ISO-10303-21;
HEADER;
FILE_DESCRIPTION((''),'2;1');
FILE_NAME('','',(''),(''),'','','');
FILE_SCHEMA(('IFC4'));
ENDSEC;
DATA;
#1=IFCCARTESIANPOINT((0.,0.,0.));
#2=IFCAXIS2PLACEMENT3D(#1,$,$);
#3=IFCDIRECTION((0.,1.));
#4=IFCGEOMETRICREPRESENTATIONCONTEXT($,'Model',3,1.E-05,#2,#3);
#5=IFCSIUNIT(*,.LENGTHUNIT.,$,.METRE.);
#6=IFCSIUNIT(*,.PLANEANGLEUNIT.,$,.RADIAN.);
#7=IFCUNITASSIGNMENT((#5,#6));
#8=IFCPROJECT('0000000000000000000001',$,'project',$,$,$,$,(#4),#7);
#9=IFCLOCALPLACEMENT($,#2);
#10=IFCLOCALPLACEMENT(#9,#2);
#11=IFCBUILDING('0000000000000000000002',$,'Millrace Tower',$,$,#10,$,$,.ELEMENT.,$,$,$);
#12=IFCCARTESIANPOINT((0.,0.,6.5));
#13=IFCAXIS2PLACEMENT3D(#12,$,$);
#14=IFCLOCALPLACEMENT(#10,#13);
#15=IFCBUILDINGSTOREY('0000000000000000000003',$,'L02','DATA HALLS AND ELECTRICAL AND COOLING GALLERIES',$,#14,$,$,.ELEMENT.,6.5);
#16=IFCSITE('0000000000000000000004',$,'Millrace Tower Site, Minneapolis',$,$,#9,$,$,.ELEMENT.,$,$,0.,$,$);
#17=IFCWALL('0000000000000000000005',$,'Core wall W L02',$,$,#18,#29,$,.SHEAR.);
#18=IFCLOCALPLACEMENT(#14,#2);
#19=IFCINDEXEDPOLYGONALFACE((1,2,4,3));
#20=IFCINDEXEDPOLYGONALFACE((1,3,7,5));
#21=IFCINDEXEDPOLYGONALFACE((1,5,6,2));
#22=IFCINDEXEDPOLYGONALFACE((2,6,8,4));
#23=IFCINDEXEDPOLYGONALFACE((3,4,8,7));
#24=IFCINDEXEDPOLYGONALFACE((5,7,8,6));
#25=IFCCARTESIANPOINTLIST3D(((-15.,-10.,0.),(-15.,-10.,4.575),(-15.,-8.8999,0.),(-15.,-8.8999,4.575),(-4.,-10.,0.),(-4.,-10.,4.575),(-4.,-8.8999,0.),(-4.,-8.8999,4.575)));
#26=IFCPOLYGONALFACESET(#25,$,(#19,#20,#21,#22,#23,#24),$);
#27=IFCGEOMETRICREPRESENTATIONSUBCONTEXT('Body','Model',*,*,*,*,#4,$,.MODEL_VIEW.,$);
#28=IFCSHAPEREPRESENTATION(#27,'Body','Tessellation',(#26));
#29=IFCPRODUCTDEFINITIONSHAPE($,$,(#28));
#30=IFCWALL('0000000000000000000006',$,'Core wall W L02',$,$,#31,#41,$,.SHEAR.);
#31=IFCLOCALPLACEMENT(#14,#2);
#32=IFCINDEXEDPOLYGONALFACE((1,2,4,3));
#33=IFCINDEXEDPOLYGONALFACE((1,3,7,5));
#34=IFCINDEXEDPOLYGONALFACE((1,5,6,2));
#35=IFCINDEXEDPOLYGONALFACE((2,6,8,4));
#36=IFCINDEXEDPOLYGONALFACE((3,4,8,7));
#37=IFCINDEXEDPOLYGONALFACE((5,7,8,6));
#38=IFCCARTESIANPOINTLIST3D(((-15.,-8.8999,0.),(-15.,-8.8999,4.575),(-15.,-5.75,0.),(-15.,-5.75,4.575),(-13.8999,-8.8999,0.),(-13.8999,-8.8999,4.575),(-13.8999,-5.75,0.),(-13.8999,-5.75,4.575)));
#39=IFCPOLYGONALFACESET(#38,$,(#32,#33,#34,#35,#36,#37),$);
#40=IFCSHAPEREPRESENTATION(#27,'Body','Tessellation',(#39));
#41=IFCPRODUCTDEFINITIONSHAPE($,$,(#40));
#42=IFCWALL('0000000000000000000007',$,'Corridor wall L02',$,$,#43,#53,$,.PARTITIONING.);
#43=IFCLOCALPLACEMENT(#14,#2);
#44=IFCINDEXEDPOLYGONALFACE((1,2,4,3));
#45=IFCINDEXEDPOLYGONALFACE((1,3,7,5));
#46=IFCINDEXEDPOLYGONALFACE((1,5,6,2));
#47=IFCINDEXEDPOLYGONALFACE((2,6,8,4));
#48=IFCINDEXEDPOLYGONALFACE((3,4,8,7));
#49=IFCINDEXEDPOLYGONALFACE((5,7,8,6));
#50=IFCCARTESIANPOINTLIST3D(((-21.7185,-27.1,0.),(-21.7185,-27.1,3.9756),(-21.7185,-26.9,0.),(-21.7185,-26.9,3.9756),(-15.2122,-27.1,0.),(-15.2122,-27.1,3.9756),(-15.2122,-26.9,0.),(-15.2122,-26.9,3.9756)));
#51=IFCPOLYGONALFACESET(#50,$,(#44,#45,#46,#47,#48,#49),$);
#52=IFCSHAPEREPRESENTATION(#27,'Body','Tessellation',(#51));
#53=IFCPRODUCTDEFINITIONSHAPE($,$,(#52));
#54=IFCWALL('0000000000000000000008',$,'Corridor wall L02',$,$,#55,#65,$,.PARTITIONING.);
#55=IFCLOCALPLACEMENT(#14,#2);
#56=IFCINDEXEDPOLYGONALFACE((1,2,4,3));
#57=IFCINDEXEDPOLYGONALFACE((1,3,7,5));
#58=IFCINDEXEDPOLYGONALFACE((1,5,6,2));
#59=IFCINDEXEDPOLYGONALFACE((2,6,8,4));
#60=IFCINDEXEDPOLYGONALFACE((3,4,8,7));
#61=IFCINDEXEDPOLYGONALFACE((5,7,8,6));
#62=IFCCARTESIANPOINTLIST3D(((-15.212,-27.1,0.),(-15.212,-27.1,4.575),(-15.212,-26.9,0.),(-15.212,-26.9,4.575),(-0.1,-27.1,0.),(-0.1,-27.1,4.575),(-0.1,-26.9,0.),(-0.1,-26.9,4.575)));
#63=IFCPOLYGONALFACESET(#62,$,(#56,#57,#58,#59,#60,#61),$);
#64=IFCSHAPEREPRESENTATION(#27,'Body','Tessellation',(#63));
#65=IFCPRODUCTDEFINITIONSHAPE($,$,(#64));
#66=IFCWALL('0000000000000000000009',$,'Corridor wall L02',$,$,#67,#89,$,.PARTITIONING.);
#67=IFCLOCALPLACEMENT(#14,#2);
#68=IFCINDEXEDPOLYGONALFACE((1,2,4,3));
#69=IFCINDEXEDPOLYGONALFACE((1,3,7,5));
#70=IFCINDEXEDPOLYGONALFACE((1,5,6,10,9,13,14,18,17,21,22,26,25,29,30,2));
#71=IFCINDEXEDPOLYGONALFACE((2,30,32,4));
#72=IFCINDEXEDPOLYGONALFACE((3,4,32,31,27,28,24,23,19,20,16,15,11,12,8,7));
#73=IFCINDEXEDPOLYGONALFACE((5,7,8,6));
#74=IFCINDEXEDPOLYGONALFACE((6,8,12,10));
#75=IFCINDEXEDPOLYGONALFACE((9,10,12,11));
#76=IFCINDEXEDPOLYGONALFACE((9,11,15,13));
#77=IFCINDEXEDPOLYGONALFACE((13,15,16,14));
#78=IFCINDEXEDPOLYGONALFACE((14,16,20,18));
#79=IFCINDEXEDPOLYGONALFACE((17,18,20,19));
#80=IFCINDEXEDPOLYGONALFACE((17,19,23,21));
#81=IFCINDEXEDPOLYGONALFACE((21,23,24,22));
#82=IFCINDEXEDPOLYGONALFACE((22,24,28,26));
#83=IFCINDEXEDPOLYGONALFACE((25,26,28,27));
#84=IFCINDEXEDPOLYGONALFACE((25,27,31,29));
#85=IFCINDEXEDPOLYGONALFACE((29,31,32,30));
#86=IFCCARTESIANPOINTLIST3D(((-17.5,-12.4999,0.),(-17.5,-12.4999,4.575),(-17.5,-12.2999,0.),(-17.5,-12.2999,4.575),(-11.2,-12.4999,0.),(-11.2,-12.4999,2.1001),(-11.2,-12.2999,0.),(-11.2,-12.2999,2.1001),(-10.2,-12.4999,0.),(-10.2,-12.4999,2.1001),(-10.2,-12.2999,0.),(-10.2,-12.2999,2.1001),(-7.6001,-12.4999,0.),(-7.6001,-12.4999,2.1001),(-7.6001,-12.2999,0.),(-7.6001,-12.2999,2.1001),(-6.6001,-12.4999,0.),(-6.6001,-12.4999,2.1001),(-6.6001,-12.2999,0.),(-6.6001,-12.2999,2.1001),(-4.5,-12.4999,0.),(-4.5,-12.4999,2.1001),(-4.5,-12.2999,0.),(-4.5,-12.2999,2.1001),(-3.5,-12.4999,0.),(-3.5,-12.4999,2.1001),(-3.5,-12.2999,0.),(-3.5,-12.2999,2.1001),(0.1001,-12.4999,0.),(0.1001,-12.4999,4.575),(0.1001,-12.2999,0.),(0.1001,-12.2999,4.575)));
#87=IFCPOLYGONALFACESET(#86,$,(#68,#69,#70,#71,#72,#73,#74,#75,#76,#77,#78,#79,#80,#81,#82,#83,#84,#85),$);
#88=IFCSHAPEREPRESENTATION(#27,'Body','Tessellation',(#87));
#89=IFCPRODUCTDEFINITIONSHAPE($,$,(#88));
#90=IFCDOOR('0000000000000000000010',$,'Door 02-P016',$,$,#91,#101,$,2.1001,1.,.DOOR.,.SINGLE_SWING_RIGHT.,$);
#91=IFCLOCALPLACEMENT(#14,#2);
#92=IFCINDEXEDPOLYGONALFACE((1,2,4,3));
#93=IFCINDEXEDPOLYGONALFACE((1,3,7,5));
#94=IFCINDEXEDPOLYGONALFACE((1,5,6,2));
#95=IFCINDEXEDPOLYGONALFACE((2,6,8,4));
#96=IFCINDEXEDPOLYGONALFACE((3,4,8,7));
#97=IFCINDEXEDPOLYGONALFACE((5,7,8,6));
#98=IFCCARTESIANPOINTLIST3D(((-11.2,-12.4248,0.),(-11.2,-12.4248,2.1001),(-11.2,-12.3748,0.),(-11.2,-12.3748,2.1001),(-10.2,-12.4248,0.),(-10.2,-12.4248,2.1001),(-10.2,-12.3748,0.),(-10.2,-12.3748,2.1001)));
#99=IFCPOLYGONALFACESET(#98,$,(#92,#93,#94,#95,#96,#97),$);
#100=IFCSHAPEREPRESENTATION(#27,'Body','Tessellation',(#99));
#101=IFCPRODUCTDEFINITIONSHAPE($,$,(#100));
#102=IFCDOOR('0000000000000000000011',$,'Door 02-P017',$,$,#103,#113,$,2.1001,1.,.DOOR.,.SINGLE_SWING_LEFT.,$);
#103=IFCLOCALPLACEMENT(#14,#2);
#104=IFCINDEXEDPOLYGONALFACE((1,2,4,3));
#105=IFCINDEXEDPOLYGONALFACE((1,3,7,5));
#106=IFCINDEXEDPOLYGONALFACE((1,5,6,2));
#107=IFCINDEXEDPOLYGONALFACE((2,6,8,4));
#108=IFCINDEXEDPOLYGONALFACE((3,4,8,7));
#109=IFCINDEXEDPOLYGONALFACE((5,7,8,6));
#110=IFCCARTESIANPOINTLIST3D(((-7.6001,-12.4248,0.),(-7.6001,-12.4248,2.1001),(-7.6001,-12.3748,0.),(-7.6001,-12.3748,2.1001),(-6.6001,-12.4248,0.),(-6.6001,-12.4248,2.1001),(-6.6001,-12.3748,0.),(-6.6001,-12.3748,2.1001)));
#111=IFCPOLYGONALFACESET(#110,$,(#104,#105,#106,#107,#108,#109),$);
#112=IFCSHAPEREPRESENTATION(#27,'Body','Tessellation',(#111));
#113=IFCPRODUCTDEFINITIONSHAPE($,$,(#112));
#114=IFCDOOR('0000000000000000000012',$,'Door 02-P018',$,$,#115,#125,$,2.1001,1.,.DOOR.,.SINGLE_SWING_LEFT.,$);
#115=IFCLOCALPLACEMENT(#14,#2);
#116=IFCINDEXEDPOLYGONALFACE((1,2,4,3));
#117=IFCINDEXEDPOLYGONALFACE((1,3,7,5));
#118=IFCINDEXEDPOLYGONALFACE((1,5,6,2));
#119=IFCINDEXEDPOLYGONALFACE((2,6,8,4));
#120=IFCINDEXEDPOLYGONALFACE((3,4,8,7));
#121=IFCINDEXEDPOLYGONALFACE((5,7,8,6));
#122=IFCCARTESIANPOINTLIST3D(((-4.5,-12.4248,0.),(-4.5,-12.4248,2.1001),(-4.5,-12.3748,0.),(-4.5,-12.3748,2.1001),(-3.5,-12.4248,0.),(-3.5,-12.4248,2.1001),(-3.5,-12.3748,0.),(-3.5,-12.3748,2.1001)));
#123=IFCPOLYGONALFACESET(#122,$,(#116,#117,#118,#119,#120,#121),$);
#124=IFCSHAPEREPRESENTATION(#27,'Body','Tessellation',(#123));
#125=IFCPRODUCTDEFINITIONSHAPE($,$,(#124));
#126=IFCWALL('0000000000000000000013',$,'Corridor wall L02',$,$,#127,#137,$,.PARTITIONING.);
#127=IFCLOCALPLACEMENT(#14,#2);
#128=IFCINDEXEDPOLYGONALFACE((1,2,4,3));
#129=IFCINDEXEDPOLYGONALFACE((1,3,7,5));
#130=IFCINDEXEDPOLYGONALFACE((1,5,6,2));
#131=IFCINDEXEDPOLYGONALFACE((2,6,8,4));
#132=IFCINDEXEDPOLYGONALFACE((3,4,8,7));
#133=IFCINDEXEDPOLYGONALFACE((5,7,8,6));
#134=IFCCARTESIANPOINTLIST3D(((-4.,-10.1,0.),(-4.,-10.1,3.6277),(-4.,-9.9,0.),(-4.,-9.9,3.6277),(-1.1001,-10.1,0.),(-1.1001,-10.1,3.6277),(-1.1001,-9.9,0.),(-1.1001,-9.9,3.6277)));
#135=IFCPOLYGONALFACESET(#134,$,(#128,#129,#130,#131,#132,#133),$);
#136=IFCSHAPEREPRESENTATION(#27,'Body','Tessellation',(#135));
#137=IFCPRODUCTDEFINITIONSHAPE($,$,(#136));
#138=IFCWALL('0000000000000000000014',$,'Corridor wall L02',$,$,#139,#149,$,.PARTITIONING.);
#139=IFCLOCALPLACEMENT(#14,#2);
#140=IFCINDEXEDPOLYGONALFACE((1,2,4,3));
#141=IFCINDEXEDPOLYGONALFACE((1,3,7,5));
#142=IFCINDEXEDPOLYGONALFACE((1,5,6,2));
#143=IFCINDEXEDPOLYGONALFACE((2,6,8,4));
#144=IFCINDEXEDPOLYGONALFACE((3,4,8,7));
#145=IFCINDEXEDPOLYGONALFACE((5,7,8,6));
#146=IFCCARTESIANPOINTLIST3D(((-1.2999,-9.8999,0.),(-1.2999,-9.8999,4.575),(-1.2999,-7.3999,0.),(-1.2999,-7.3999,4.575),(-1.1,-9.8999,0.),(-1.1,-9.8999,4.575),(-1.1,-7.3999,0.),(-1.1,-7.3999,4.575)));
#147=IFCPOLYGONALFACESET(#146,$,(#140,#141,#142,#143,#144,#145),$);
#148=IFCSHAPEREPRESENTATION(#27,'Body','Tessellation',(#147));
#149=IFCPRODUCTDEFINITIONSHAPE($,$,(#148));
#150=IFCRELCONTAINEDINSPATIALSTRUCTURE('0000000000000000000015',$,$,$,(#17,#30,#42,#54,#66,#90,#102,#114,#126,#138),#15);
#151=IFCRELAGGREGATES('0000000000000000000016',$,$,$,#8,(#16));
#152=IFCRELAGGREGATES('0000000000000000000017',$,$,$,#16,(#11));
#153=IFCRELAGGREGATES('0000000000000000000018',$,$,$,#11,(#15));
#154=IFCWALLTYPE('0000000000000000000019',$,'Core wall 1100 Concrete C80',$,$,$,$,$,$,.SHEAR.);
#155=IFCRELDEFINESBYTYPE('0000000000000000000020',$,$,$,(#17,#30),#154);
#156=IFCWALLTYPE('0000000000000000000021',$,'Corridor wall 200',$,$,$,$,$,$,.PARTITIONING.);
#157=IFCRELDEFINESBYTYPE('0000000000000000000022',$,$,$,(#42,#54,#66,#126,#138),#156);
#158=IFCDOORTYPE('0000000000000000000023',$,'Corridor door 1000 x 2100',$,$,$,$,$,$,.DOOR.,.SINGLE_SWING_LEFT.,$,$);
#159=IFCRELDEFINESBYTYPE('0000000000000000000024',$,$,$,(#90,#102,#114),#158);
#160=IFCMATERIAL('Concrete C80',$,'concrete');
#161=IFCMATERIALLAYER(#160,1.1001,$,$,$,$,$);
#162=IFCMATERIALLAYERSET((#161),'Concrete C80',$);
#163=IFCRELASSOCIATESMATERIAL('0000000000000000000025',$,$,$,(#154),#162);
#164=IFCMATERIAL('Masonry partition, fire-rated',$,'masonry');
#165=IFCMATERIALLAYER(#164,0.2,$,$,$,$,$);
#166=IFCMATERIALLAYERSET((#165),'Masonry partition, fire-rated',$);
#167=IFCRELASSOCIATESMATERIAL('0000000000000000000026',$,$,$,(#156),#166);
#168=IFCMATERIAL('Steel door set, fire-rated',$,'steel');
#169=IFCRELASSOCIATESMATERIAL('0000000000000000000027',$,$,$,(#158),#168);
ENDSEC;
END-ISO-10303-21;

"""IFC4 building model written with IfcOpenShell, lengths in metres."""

from ifc_helpers import new_model, si_unit, direction, frame, frame_2d, origin, place, context, subcontext, project, spatial, rectangle, extrude, material, layer, layer_set, type_object, element, fill, save


model = new_model("IFC4")

# Units and contexts
model_context = context("Model", 3, precision=1e-05, world=origin(), true_north=direction((0.0, 1.0)))
body_context = subcontext(model_context, "Body", "Model", "MODEL_VIEW")
ifc_project = project(units=[si_unit("LENGTHUNIT", "METRE"), si_unit("PLANEANGLEUNIT", "RADIAN")], contexts=[model_context])

# Site, building, storey
site_placement = place(None, origin())
site = spatial("IfcSite", under=ifc_project, at=site_placement, Name="Millrace Tower Site, Minneapolis", CompositionType="ELEMENT", RefElevation=0.0)
building_placement = place(site_placement, origin())
building = spatial("IfcBuilding", under=site, at=building_placement, Name="Millrace Tower", CompositionType="ELEMENT")
storey_placement = place(building_placement, frame((0.0, 0.0, 6.5)))
storey = spatial("IfcBuildingStorey", under=building, at=storey_placement, Name="L02", Description="DATA HALLS AND ELECTRICAL AND COOLING GALLERIES", CompositionType="ELEMENT", Elevation=6.5)

# Walls
ifc_material_1 = material(Name="Concrete C80", Category="concrete")
ifc_layer_1 = layer(ifc_material_1, 1.1001)
ifc_layer_set_1 = layer_set([ifc_layer_1], Name="Concrete C80")
wall_type_1 = type_object("IfcWallType", Name="Core wall 1100 Concrete C80", PredefinedType="SHEAR", material=ifc_layer_set_1)
wall_1_placement = place(storey_placement, frame((-15.0, -9.45, 0.0), z_axis=(0.0, 0.0, 1.0), x_axis=(1.0, 0.0, 0.0)))
element("IfcWall", 1, at=wall_1_placement, inside=storey, type_object=wall_type_1, Name="Core wall W L02", PredefinedType="SHEAR", context=body_context, shape_type="SweptSolid", body=[
    extrude(rectangle(XDim=11.0, YDim=1.1001, at=frame_2d((5.5, 0.0))), origin(), (0.0, 0.0, 1.0), 4.575),
])
wall_2_placement = place(storey_placement, frame((-14.45, -8.8999, 0.0), z_axis=(0.0, 0.0, 1.0), x_axis=(0.0, 1.0, 0.0)))
element("IfcWall", 2, at=wall_2_placement, inside=storey, type_object=wall_type_1, Name="Core wall W L02", PredefinedType="SHEAR", context=body_context, shape_type="SweptSolid", body=[
    extrude(rectangle(XDim=3.1499, YDim=1.1001, at=frame_2d((1.575, 0.0))), origin(), (0.0, 0.0, 1.0), 4.575),
])
ifc_material_2 = material(Name="Masonry partition, fire-rated", Category="masonry")
ifc_layer_2 = layer(ifc_material_2, 0.2)
ifc_layer_set_2 = layer_set([ifc_layer_2], Name="Masonry partition, fire-rated")
wall_type_2 = type_object("IfcWallType", Name="Corridor wall 200", PredefinedType="PARTITIONING", material=ifc_layer_set_2)
wall_3_placement = place(storey_placement, frame((-21.7185, -27.0, 0.0), z_axis=(0.0, 0.0, 1.0), x_axis=(1.0, 0.0, 0.0)))
element("IfcWall", 3, at=wall_3_placement, inside=storey, type_object=wall_type_2, Name="Corridor wall L02", PredefinedType="PARTITIONING", context=body_context, shape_type="SweptSolid", body=[
    extrude(rectangle(XDim=6.5063, YDim=0.2, at=frame_2d((3.2532, 0.0))), origin(), (0.0, 0.0, 1.0), 3.9756),
])
wall_4_placement = place(storey_placement, frame((-15.2122, -27.0, 0.0), z_axis=(0.0, 0.0, 1.0), x_axis=(1.0, 0.0, 0.0)))
element("IfcWall", 4, at=wall_4_placement, inside=storey, type_object=wall_type_2, Name="Corridor wall L02", PredefinedType="PARTITIONING", context=body_context, shape_type="SweptSolid", body=[
    extrude(rectangle(XDim=15.1121, YDim=0.2, at=frame_2d((7.5562, 0.0))), origin(), (0.0, 0.0, 1.0), 4.575),
])

# Wall, openings, doors
wall_5_placement = place(storey_placement, frame((-17.5, -12.3999, 0.0), z_axis=(0.0, 0.0, 1.0), x_axis=(1.0, 0.0, 0.0)))
wall_5 = element("IfcWall", 5, at=wall_5_placement, inside=storey, type_object=wall_type_2, Name="Corridor wall L02", PredefinedType="PARTITIONING", context=body_context, shape_type="SweptSolid", body=[
    extrude(rectangle(XDim=17.6001, YDim=0.2, at=frame_2d((8.8, 0.0))), origin(), (0.0, 0.0, 1.0), 4.575),
])
opening_1_placement = place(wall_5_placement, frame((6.3, 0.0, 0.0)))
opening_1 = element("IfcOpeningElement", 6, at=opening_1_placement, cuts=wall_5, PredefinedType="OPENING", context=body_context, shape_type="SweptSolid", body=[
    extrude(rectangle(XDim=1.0, YDim=2.1001, at=frame_2d((0.5, 1.05))), frame((0.0, 0.1099, 0.0), z_axis=(0.0, -1.0, 0.0), x_axis=(1.0, 0.0, 0.0)), (0.0, 0.0, 1.0), 0.22),
])
opening_2_placement = place(wall_5_placement, frame((9.8999, 0.0, 0.0)))
opening_2 = element("IfcOpeningElement", 7, at=opening_2_placement, cuts=wall_5, PredefinedType="OPENING", context=body_context, shape_type="SweptSolid", body=[
    extrude(rectangle(XDim=1.0, YDim=2.1001, at=frame_2d((0.5, 1.05))), frame((0.0, 0.1099, 0.0), z_axis=(0.0, -1.0, 0.0), x_axis=(1.0, 0.0, 0.0)), (0.0, 0.0, 1.0), 0.22),
])
opening_3_placement = place(wall_5_placement, frame((13.0, 0.0, 0.0)))
opening_3 = element("IfcOpeningElement", 8, at=opening_3_placement, cuts=wall_5, PredefinedType="OPENING", context=body_context, shape_type="SweptSolid", body=[
    extrude(rectangle(XDim=1.0, YDim=2.1001, at=frame_2d((0.5, 1.05))), frame((0.0, 0.1099, 0.0), z_axis=(0.0, -1.0, 0.0), x_axis=(1.0, 0.0, 0.0)), (0.0, 0.0, 1.0), 0.22),
])
ifc_material_3 = material(Name="Steel door set, fire-rated", Category="steel")
door_type_1 = type_object("IfcDoorType", Name="Corridor door 1000 x 2100", OperationType="SINGLE_SWING_LEFT", PredefinedType="DOOR", material=ifc_material_3)
door_1_placement = place(opening_1_placement, frame((1.0, 0.0, 0.0), z_axis=(0.0, 0.0, 1.0), x_axis=(-1.0, 0.0, 0.0)))
door_1 = element("IfcDoor", 9, at=door_1_placement, inside=storey, type_object=door_type_1, Name="Door 02-P016", OperationType="SINGLE_SWING_RIGHT", OverallHeight=2.1001, OverallWidth=1.0, PredefinedType="DOOR", context=body_context, shape_type="SweptSolid", body=[
    extrude(rectangle(XDim=1.0, YDim=2.1001, at=frame_2d((0.5, 1.05))), frame((0.0, 0.0249, 0.0), z_axis=(0.0, -1.0, 0.0), x_axis=(1.0, 0.0, 0.0)), (0.0, 0.0, 1.0), 0.05),
])
fill(opening_1, door_1)
door_2_placement = place(opening_2_placement, frame((1.0, 0.0, 0.0), z_axis=(0.0, 0.0, 1.0), x_axis=(-1.0, 0.0, 0.0)))
door_2 = element("IfcDoor", 10, at=door_2_placement, inside=storey, type_object=door_type_1, Name="Door 02-P017", OperationType="SINGLE_SWING_LEFT", OverallHeight=2.1001, OverallWidth=1.0, PredefinedType="DOOR", context=body_context, shape_type="SweptSolid", body=[
    extrude(rectangle(XDim=1.0, YDim=2.1001, at=frame_2d((0.5, 1.05))), frame((0.0, 0.0249, 0.0), z_axis=(0.0, -1.0, 0.0), x_axis=(1.0, 0.0, 0.0)), (0.0, 0.0, 1.0), 0.05),
])
fill(opening_2, door_2)
door_3_placement = place(opening_3_placement, frame((1.0, 0.0, 0.0), z_axis=(0.0, 0.0, 1.0), x_axis=(-1.0, 0.0, 0.0)))
door_3 = element("IfcDoor", 11, at=door_3_placement, inside=storey, type_object=door_type_1, Name="Door 02-P018", OperationType="SINGLE_SWING_LEFT", OverallHeight=2.1001, OverallWidth=1.0, PredefinedType="DOOR", context=body_context, shape_type="SweptSolid", body=[
    extrude(rectangle(XDim=1.0, YDim=2.1001, at=frame_2d((0.5, 1.05))), frame((0.0, 0.0249, 0.0), z_axis=(0.0, -1.0, 0.0), x_axis=(1.0, 0.0, 0.0)), (0.0, 0.0, 1.0), 0.05),
])
fill(opening_3, door_3)

# Walls
wall_6_placement = place(storey_placement, frame((-4.0, -10.0, 0.0), z_axis=(0.0, 0.0, 1.0), x_axis=(1.0, 0.0, 0.0)))
element("IfcWall", 12, at=wall_6_placement, inside=storey, type_object=wall_type_2, Name="Corridor wall L02", PredefinedType="PARTITIONING", context=body_context, shape_type="SweptSolid", body=[
    extrude(rectangle(XDim=2.8999, YDim=0.2, at=frame_2d((1.45, 0.0))), origin(), (0.0, 0.0, 1.0), 3.6277),
])
wall_7_placement = place(storey_placement, frame((-1.2, -9.8999, 0.0), z_axis=(0.0, 0.0, 1.0), x_axis=(0.0, 1.0, 0.0)))
element("IfcWall", 13, at=wall_7_placement, inside=storey, type_object=wall_type_2, Name="Corridor wall L02", PredefinedType="PARTITIONING", context=body_context, shape_type="SweptSolid", body=[
    extrude(rectangle(XDim=2.5, YDim=0.2, at=frame_2d((1.25, 0.0))), origin(), (0.0, 0.0, 1.0), 4.575),
])

save(model, "model.ifc")
